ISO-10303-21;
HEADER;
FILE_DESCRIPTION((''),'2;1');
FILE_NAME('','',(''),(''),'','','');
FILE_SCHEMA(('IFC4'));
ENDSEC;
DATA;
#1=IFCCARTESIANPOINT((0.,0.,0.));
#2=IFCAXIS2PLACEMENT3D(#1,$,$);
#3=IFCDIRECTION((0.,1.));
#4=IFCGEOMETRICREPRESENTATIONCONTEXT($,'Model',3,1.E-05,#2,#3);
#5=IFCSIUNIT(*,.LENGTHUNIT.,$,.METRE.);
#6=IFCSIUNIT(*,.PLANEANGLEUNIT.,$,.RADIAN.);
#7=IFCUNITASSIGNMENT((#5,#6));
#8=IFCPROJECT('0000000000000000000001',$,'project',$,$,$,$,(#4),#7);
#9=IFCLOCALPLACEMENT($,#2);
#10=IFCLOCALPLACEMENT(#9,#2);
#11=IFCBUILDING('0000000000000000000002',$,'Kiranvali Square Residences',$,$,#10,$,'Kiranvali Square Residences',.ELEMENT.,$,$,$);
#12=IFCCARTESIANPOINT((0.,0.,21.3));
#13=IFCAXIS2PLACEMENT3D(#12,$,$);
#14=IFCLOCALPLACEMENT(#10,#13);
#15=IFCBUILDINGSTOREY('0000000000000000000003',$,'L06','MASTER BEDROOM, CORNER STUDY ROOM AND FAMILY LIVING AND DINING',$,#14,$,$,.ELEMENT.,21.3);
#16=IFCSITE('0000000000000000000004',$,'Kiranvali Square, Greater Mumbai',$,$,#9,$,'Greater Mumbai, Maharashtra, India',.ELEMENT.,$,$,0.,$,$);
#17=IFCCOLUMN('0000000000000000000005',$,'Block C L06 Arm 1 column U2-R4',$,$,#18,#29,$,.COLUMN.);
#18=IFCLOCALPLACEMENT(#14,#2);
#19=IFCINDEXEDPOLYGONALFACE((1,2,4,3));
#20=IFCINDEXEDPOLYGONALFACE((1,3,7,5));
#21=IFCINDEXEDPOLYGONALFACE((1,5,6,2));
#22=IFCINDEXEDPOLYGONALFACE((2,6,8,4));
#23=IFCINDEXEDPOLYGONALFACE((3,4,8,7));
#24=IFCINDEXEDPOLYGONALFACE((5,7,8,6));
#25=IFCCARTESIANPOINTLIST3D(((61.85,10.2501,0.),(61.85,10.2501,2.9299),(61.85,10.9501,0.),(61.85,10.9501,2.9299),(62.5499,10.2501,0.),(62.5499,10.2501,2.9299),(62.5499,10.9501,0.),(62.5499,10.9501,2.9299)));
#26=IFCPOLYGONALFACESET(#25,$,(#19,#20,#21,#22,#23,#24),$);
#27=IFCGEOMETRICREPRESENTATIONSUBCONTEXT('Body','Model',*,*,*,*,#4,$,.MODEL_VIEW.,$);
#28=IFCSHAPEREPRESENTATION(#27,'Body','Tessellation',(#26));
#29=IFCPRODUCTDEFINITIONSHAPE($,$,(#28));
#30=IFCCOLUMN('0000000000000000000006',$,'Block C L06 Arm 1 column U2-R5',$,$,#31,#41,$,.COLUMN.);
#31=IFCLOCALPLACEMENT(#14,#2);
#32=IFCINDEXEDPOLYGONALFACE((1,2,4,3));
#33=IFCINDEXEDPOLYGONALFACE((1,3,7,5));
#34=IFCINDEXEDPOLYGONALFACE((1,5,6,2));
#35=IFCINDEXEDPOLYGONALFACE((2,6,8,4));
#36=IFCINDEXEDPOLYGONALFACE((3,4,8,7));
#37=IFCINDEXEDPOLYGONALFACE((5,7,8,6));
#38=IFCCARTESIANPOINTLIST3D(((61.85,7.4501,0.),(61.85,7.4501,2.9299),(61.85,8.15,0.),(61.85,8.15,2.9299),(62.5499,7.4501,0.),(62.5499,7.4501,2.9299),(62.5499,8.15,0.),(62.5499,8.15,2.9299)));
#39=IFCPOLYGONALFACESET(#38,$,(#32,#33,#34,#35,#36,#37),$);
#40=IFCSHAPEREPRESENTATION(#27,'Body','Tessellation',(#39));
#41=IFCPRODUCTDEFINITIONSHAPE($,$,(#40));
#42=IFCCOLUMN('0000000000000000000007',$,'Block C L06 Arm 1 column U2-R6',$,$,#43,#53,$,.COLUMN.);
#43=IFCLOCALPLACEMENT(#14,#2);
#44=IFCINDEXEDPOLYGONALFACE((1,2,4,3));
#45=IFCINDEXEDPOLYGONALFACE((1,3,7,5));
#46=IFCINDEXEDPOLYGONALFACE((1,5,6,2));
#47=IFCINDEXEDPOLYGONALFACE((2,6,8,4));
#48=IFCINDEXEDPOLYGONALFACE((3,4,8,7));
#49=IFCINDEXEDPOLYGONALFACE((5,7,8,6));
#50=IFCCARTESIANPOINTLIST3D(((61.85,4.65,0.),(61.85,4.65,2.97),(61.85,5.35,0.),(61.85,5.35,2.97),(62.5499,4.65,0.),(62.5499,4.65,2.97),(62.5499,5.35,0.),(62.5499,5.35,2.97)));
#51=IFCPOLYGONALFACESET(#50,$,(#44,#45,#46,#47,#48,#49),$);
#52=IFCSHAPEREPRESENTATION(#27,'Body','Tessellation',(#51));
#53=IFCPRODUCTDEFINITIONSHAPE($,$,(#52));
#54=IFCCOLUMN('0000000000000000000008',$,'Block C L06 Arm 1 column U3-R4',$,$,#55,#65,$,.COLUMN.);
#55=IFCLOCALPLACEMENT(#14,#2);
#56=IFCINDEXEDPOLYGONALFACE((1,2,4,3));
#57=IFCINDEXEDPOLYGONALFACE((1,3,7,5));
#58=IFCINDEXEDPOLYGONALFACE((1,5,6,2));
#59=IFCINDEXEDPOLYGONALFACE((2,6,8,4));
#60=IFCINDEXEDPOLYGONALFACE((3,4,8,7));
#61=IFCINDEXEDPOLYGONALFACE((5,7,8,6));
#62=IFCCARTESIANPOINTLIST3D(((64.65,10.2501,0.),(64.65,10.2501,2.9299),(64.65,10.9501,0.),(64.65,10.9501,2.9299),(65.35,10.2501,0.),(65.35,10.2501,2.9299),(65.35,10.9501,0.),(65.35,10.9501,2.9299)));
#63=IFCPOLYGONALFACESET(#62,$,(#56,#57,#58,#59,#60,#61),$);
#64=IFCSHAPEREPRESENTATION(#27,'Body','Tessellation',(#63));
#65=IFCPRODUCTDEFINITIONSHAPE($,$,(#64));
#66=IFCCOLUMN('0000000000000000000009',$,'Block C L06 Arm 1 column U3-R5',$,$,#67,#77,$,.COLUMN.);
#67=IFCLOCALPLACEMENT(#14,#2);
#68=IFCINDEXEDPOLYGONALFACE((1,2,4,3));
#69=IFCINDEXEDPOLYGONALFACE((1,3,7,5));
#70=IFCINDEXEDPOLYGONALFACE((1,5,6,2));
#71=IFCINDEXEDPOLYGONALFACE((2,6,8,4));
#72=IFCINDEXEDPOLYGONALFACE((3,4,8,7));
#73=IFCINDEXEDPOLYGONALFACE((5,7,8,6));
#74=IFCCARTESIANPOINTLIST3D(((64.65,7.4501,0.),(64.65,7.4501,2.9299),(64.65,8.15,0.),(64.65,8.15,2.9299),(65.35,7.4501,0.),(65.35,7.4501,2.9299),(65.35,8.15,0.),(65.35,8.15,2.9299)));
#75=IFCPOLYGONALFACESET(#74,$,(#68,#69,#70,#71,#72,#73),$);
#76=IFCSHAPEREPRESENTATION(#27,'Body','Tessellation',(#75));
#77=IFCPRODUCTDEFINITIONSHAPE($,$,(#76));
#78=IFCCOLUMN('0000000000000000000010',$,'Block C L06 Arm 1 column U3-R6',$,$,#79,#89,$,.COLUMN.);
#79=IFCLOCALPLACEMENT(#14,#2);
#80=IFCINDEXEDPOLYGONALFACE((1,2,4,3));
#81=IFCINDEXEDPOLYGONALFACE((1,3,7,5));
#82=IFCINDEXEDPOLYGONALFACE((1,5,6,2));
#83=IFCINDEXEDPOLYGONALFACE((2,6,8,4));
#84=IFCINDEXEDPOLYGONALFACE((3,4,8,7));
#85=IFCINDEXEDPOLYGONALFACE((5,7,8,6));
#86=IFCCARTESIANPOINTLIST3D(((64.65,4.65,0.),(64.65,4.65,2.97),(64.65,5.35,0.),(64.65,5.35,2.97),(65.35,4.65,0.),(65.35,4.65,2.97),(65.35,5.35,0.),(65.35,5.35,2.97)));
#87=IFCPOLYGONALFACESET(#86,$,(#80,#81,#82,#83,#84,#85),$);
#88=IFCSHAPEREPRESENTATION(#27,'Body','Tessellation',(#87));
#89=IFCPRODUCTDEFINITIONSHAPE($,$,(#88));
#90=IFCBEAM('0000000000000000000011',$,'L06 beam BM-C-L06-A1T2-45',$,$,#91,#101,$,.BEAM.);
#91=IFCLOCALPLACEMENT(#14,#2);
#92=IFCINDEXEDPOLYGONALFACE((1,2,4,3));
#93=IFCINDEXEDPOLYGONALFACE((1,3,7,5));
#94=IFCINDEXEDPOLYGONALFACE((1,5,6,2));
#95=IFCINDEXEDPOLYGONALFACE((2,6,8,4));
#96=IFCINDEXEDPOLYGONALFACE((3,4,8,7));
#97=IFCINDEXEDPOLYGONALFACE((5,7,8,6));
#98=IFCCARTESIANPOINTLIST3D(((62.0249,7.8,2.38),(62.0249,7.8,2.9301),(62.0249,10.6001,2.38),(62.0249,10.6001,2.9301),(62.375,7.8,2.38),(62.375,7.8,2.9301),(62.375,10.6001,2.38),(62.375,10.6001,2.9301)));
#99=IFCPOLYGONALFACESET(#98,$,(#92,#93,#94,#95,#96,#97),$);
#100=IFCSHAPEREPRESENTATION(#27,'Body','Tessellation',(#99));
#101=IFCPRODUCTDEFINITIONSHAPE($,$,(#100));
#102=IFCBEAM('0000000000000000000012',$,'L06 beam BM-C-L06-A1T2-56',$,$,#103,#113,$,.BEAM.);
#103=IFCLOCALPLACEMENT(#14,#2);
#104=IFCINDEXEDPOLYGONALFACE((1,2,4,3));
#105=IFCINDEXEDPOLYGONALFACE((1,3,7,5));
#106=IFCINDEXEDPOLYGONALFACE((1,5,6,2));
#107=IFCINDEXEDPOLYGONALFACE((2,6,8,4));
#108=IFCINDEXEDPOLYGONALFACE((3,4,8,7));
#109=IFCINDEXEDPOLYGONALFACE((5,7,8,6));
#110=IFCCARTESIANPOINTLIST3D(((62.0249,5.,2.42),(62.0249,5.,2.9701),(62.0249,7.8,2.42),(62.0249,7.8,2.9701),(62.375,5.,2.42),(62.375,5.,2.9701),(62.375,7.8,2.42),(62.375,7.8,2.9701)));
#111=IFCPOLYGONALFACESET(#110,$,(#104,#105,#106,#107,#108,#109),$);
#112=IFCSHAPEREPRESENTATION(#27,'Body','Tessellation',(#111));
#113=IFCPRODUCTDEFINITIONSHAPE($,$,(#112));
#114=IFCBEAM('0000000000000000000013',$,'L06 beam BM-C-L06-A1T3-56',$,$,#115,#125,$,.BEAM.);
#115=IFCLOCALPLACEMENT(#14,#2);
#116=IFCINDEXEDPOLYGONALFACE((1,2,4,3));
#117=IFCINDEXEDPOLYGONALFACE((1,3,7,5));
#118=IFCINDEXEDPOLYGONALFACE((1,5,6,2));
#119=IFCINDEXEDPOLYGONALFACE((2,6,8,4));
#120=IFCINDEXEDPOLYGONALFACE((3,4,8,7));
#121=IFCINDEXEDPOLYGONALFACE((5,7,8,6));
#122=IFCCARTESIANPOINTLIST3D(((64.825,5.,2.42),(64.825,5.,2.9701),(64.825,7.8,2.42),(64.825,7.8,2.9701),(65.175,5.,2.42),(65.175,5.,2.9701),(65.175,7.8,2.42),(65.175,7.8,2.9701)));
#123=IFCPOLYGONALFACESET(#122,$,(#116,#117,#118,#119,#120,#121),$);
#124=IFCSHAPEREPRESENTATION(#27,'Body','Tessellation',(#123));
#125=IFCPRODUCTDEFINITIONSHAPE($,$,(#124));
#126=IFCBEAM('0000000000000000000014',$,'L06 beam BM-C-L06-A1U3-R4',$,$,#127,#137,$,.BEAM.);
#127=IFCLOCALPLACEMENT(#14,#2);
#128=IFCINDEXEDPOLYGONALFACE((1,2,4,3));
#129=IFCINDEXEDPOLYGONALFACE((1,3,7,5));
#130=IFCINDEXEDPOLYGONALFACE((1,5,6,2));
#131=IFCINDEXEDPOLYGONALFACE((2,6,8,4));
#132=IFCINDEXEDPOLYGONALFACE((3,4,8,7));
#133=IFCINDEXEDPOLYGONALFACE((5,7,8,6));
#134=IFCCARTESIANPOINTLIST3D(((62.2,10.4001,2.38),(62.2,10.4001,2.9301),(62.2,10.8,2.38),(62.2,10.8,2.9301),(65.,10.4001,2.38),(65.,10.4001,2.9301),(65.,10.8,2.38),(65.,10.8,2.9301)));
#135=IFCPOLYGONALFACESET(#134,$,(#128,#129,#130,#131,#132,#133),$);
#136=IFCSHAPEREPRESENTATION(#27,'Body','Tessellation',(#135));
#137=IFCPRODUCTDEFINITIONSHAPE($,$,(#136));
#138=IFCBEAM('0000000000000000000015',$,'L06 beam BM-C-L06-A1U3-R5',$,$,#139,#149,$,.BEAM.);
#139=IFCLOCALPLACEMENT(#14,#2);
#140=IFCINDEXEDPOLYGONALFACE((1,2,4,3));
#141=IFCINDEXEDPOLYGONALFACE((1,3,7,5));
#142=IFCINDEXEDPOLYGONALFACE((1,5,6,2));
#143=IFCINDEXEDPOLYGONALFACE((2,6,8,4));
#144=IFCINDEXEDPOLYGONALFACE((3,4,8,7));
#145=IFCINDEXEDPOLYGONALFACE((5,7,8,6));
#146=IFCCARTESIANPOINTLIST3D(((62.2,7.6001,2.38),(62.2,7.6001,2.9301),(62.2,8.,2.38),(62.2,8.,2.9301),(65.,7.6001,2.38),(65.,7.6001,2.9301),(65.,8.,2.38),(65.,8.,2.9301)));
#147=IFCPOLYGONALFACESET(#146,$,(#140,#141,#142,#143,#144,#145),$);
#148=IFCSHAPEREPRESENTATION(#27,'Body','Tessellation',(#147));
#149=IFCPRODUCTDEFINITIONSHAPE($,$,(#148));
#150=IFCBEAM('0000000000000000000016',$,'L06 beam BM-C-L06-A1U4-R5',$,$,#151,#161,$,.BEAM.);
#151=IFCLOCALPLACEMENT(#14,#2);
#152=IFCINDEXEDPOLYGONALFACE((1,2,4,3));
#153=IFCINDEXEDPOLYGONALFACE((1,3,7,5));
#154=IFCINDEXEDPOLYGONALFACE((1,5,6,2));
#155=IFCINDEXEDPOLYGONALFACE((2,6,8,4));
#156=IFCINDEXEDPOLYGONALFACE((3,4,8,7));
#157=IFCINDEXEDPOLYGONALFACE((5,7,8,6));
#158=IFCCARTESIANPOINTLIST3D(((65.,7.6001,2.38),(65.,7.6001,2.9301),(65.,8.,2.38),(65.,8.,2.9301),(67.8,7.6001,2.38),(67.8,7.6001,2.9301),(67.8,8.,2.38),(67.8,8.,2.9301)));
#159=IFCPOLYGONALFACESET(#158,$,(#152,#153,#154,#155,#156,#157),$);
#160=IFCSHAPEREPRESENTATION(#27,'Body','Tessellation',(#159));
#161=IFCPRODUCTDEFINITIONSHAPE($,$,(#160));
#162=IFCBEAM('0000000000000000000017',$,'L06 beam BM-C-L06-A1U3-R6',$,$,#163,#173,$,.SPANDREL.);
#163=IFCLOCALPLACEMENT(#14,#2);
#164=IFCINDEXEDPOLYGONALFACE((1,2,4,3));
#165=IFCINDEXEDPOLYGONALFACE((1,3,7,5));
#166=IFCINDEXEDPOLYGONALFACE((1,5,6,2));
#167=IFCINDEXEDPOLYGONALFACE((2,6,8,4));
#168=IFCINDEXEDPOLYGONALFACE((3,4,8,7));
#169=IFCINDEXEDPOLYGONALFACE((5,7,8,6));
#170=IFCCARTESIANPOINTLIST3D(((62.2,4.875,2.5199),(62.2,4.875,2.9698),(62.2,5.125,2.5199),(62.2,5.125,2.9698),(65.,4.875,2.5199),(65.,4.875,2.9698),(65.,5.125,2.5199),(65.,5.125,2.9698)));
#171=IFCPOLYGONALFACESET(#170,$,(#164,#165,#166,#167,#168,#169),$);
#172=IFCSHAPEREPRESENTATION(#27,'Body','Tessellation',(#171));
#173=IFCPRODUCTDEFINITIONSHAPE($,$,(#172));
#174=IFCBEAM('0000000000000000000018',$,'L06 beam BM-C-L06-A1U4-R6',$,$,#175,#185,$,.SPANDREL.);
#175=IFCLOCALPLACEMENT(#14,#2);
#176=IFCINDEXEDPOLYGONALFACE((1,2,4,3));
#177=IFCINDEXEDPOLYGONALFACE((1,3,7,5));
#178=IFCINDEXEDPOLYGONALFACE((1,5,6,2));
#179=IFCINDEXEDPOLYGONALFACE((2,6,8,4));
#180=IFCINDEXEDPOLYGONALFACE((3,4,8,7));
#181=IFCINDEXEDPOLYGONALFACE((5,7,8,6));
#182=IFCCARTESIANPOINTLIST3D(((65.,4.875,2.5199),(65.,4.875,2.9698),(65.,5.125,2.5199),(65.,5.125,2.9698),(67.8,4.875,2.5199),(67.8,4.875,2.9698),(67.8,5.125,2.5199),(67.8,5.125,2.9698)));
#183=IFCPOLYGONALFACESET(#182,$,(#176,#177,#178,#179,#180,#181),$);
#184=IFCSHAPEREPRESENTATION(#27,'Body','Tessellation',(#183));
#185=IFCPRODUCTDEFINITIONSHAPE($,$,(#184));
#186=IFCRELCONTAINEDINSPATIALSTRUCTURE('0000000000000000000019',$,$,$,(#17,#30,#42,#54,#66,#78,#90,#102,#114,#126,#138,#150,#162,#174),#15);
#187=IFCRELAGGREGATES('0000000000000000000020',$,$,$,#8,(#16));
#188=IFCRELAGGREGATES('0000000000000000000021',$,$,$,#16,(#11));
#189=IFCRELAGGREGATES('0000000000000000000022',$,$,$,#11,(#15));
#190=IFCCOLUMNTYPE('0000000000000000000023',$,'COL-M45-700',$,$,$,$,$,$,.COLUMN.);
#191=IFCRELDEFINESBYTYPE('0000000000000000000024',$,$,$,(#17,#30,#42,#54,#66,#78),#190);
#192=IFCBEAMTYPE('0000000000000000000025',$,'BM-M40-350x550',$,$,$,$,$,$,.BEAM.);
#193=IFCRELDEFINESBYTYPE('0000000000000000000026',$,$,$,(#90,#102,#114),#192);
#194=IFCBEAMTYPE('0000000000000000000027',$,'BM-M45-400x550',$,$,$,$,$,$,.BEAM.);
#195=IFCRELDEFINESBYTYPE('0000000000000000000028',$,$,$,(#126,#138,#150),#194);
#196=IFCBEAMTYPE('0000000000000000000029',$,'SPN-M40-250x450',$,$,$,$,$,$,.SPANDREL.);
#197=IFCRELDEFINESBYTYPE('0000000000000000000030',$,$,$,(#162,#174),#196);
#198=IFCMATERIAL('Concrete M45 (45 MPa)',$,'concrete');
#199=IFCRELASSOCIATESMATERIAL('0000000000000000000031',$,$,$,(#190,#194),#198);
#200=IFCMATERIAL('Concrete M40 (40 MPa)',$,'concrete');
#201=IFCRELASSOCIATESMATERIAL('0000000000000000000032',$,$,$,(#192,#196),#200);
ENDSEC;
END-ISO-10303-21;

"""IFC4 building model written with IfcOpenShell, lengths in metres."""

from ifc_helpers import new_model, si_unit, direction, frame, origin, origin_2d, place, context, subcontext, project, spatial, rectangle, extrude, material, material_profile, profile_set, type_object, element, save


model = new_model("IFC4")

# Units and contexts
model_context = context("Model", 3, precision=1e-05, world=origin(), true_north=direction((0.0, 1.0)))
body_context = subcontext(model_context, "Body", "Model", "MODEL_VIEW")
ifc_project = project(units=[si_unit("LENGTHUNIT", "METRE"), si_unit("PLANEANGLEUNIT", "RADIAN")], contexts=[model_context])

# Site, building, storey
site_placement = place(None, origin())
site = spatial("IfcSite", under=ifc_project, at=site_placement, Name="Kiranvali Square, Greater Mumbai", LongName="Greater Mumbai, Maharashtra, India", CompositionType="ELEMENT", RefElevation=0.0)
building_placement = place(site_placement, origin())
building = spatial("IfcBuilding", under=site, at=building_placement, Name="Kiranvali Square Residences", LongName="Kiranvali Square Residences", CompositionType="ELEMENT")
storey_placement = place(building_placement, frame((0.0, 0.0, 21.3)))
storey = spatial("IfcBuildingStorey", under=building, at=storey_placement, Name="L06", Description="MASTER BEDROOM, CORNER STUDY ROOM AND FAMILY LIVING AND DINING", CompositionType="ELEMENT", Elevation=21.3)

# Columns
ifc_material_1 = material(Name="Concrete M45 (45 MPa)", Category="concrete")
ifc_material_profile_1 = material_profile(ifc_material_1, rectangle(XDim=0.7, YDim=0.7, at=origin_2d()), Name="RC 700x700")
ifc_profile_set_1 = profile_set([ifc_material_profile_1], Name="Concrete M45 (45 MPa)")
column_type = type_object("IfcColumnType", Name="COL-M45-700", PredefinedType="COLUMN", material=ifc_profile_set_1)
for number, where, z_axis, x_axis, name in (
    (1, (62.2, 10.6001, 0.0), (0.0, 0.0, 1.0), (1.0, 0.0, 0.0), "Block C L06 Arm 1 column U2-R4"),
    (2, (62.2, 7.8, 0.0), (0.0, 0.0, 1.0), (1.0, 0.0, 0.0), "Block C L06 Arm 1 column U2-R5"),
):
    element("IfcColumn", number, at=place(storey_placement, frame(where, z_axis=z_axis, x_axis=x_axis)), inside=storey, type_object=column_type, Name=name, PredefinedType="COLUMN", context=body_context, shape_type="SweptSolid", body=[
        extrude(rectangle(XDim=0.7, YDim=0.7, at=origin_2d()), origin(), (0.0, 0.0, 1.0), 2.9299),
    ])
column_1_placement = place(storey_placement, frame((62.2, 5.0, 0.0), z_axis=(0.0, 0.0, 1.0), x_axis=(1.0, 0.0, 0.0)))
element("IfcColumn", 3, at=column_1_placement, inside=storey, type_object=column_type, Name="Block C L06 Arm 1 column U2-R6", PredefinedType="COLUMN", context=body_context, shape_type="SweptSolid", body=[
    extrude(rectangle(XDim=0.7, YDim=0.7, at=origin_2d()), origin(), (0.0, 0.0, 1.0), 2.97),
])
for number, where, z_axis, x_axis, name in (
    (4, (65.0, 10.6001, 0.0), (0.0, 0.0, 1.0), (1.0, 0.0, 0.0), "Block C L06 Arm 1 column U3-R4"),
    (5, (65.0, 7.8, 0.0), (0.0, 0.0, 1.0), (1.0, 0.0, 0.0), "Block C L06 Arm 1 column U3-R5"),
):
    element("IfcColumn", number, at=place(storey_placement, frame(where, z_axis=z_axis, x_axis=x_axis)), inside=storey, type_object=column_type, Name=name, PredefinedType="COLUMN", context=body_context, shape_type="SweptSolid", body=[
        extrude(rectangle(XDim=0.7, YDim=0.7, at=origin_2d()), origin(), (0.0, 0.0, 1.0), 2.9299),
    ])
column_2_placement = place(storey_placement, frame((65.0, 5.0, 0.0), z_axis=(0.0, 0.0, 1.0), x_axis=(1.0, 0.0, 0.0)))
element("IfcColumn", 6, at=column_2_placement, inside=storey, type_object=column_type, Name="Block C L06 Arm 1 column U3-R6", PredefinedType="COLUMN", context=body_context, shape_type="SweptSolid", body=[
    extrude(rectangle(XDim=0.7, YDim=0.7, at=origin_2d()), origin(), (0.0, 0.0, 1.0), 2.97),
])

# Beams
ifc_material_2 = material(Name="Concrete M40 (40 MPa)", Category="concrete")
ifc_material_profile_2 = material_profile(ifc_material_2, rectangle(XDim=0.3501, YDim=0.55, at=origin_2d()), Name="RC 350x550")
ifc_profile_set_2 = profile_set([ifc_material_profile_2], Name="Concrete M40 (40 MPa)")
beam_type_1 = type_object("IfcBeamType", Name="BM-M40-350x550", PredefinedType="BEAM", material=ifc_profile_set_2)
for number, where, z_axis, x_axis, name in (
    (7, (62.2, 10.6001, 2.655), (0.0, -1.0, 0.0), (1.0, 0.0, 0.0), "L06 beam BM-C-L06-A1T2-45"),
    (8, (62.2, 7.8, 2.6951), (0.0, -1.0, 0.0), (1.0, 0.0, 0.0), "L06 beam BM-C-L06-A1T2-56"),
    (9, (65.0, 7.8, 2.6951), (0.0, -1.0, 0.0), (1.0, 0.0, 0.0), "L06 beam BM-C-L06-A1T3-56"),
):
    element("IfcBeam", number, at=place(storey_placement, frame(where, z_axis=z_axis, x_axis=x_axis)), inside=storey, type_object=beam_type_1, Name=name, PredefinedType="BEAM", context=body_context, shape_type="SweptSolid", body=[
        extrude(rectangle(XDim=0.3501, YDim=0.55, at=origin_2d()), origin(), (0.0, 0.0, 1.0), 2.8),
    ])
ifc_material_profile_3 = material_profile(ifc_material_1, rectangle(XDim=0.3999, YDim=0.55, at=origin_2d()), Name="RC 400x550")
ifc_profile_set_3 = profile_set([ifc_material_profile_3], Name="Concrete M45 (45 MPa)")
beam_type_2 = type_object("IfcBeamType", Name="BM-M45-400x550", PredefinedType="BEAM", material=ifc_profile_set_3)
for number, where, z_axis, x_axis, name in (
    (10, (62.2, 10.6001, 2.655), (1.0, 0.0, 0.0), (0.0, 1.0, 0.0), "L06 beam BM-C-L06-A1U3-R4"),
    (11, (62.2, 7.8, 2.655), (1.0, 0.0, 0.0), (0.0, 1.0, 0.0), "L06 beam BM-C-L06-A1U3-R5"),
    (12, (65.0, 7.8, 2.655), (1.0, 0.0, 0.0), (0.0, 1.0, 0.0), "L06 beam BM-C-L06-A1U4-R5"),
):
    element("IfcBeam", number, at=place(storey_placement, frame(where, z_axis=z_axis, x_axis=x_axis)), inside=storey, type_object=beam_type_2, Name=name, PredefinedType="BEAM", context=body_context, shape_type="SweptSolid", body=[
        extrude(rectangle(XDim=0.3999, YDim=0.55, at=origin_2d()), origin(), (0.0, 0.0, 1.0), 2.8),
    ])
ifc_material_profile_4 = material_profile(ifc_material_2, rectangle(XDim=0.25, YDim=0.45, at=origin_2d()), Name="RC 250x450")
ifc_profile_set_4 = profile_set([ifc_material_profile_4], Name="Concrete M40 (40 MPa)")
beam_type_3 = type_object("IfcBeamType", Name="SPN-M40-250x450", PredefinedType="SPANDREL", material=ifc_profile_set_4)
for number, where, z_axis, x_axis, name in (
    (13, (62.2, 5.0, 2.7449), (1.0, 0.0, 0.0), (0.0, 1.0, 0.0), "L06 beam BM-C-L06-A1U3-R6"),
    (14, (65.0, 5.0, 2.7449), (1.0, 0.0, 0.0), (0.0, 1.0, 0.0), "L06 beam BM-C-L06-A1U4-R6"),
):
    element("IfcBeam", number, at=place(storey_placement, frame(where, z_axis=z_axis, x_axis=x_axis)), inside=storey, type_object=beam_type_3, Name=name, PredefinedType="SPANDREL", context=body_context, shape_type="SweptSolid", body=[
        extrude(rectangle(XDim=0.25, YDim=0.45, at=origin_2d()), origin(), (0.0, 0.0, 1.0), 2.8),
    ])

save(model, "model.ifc")
